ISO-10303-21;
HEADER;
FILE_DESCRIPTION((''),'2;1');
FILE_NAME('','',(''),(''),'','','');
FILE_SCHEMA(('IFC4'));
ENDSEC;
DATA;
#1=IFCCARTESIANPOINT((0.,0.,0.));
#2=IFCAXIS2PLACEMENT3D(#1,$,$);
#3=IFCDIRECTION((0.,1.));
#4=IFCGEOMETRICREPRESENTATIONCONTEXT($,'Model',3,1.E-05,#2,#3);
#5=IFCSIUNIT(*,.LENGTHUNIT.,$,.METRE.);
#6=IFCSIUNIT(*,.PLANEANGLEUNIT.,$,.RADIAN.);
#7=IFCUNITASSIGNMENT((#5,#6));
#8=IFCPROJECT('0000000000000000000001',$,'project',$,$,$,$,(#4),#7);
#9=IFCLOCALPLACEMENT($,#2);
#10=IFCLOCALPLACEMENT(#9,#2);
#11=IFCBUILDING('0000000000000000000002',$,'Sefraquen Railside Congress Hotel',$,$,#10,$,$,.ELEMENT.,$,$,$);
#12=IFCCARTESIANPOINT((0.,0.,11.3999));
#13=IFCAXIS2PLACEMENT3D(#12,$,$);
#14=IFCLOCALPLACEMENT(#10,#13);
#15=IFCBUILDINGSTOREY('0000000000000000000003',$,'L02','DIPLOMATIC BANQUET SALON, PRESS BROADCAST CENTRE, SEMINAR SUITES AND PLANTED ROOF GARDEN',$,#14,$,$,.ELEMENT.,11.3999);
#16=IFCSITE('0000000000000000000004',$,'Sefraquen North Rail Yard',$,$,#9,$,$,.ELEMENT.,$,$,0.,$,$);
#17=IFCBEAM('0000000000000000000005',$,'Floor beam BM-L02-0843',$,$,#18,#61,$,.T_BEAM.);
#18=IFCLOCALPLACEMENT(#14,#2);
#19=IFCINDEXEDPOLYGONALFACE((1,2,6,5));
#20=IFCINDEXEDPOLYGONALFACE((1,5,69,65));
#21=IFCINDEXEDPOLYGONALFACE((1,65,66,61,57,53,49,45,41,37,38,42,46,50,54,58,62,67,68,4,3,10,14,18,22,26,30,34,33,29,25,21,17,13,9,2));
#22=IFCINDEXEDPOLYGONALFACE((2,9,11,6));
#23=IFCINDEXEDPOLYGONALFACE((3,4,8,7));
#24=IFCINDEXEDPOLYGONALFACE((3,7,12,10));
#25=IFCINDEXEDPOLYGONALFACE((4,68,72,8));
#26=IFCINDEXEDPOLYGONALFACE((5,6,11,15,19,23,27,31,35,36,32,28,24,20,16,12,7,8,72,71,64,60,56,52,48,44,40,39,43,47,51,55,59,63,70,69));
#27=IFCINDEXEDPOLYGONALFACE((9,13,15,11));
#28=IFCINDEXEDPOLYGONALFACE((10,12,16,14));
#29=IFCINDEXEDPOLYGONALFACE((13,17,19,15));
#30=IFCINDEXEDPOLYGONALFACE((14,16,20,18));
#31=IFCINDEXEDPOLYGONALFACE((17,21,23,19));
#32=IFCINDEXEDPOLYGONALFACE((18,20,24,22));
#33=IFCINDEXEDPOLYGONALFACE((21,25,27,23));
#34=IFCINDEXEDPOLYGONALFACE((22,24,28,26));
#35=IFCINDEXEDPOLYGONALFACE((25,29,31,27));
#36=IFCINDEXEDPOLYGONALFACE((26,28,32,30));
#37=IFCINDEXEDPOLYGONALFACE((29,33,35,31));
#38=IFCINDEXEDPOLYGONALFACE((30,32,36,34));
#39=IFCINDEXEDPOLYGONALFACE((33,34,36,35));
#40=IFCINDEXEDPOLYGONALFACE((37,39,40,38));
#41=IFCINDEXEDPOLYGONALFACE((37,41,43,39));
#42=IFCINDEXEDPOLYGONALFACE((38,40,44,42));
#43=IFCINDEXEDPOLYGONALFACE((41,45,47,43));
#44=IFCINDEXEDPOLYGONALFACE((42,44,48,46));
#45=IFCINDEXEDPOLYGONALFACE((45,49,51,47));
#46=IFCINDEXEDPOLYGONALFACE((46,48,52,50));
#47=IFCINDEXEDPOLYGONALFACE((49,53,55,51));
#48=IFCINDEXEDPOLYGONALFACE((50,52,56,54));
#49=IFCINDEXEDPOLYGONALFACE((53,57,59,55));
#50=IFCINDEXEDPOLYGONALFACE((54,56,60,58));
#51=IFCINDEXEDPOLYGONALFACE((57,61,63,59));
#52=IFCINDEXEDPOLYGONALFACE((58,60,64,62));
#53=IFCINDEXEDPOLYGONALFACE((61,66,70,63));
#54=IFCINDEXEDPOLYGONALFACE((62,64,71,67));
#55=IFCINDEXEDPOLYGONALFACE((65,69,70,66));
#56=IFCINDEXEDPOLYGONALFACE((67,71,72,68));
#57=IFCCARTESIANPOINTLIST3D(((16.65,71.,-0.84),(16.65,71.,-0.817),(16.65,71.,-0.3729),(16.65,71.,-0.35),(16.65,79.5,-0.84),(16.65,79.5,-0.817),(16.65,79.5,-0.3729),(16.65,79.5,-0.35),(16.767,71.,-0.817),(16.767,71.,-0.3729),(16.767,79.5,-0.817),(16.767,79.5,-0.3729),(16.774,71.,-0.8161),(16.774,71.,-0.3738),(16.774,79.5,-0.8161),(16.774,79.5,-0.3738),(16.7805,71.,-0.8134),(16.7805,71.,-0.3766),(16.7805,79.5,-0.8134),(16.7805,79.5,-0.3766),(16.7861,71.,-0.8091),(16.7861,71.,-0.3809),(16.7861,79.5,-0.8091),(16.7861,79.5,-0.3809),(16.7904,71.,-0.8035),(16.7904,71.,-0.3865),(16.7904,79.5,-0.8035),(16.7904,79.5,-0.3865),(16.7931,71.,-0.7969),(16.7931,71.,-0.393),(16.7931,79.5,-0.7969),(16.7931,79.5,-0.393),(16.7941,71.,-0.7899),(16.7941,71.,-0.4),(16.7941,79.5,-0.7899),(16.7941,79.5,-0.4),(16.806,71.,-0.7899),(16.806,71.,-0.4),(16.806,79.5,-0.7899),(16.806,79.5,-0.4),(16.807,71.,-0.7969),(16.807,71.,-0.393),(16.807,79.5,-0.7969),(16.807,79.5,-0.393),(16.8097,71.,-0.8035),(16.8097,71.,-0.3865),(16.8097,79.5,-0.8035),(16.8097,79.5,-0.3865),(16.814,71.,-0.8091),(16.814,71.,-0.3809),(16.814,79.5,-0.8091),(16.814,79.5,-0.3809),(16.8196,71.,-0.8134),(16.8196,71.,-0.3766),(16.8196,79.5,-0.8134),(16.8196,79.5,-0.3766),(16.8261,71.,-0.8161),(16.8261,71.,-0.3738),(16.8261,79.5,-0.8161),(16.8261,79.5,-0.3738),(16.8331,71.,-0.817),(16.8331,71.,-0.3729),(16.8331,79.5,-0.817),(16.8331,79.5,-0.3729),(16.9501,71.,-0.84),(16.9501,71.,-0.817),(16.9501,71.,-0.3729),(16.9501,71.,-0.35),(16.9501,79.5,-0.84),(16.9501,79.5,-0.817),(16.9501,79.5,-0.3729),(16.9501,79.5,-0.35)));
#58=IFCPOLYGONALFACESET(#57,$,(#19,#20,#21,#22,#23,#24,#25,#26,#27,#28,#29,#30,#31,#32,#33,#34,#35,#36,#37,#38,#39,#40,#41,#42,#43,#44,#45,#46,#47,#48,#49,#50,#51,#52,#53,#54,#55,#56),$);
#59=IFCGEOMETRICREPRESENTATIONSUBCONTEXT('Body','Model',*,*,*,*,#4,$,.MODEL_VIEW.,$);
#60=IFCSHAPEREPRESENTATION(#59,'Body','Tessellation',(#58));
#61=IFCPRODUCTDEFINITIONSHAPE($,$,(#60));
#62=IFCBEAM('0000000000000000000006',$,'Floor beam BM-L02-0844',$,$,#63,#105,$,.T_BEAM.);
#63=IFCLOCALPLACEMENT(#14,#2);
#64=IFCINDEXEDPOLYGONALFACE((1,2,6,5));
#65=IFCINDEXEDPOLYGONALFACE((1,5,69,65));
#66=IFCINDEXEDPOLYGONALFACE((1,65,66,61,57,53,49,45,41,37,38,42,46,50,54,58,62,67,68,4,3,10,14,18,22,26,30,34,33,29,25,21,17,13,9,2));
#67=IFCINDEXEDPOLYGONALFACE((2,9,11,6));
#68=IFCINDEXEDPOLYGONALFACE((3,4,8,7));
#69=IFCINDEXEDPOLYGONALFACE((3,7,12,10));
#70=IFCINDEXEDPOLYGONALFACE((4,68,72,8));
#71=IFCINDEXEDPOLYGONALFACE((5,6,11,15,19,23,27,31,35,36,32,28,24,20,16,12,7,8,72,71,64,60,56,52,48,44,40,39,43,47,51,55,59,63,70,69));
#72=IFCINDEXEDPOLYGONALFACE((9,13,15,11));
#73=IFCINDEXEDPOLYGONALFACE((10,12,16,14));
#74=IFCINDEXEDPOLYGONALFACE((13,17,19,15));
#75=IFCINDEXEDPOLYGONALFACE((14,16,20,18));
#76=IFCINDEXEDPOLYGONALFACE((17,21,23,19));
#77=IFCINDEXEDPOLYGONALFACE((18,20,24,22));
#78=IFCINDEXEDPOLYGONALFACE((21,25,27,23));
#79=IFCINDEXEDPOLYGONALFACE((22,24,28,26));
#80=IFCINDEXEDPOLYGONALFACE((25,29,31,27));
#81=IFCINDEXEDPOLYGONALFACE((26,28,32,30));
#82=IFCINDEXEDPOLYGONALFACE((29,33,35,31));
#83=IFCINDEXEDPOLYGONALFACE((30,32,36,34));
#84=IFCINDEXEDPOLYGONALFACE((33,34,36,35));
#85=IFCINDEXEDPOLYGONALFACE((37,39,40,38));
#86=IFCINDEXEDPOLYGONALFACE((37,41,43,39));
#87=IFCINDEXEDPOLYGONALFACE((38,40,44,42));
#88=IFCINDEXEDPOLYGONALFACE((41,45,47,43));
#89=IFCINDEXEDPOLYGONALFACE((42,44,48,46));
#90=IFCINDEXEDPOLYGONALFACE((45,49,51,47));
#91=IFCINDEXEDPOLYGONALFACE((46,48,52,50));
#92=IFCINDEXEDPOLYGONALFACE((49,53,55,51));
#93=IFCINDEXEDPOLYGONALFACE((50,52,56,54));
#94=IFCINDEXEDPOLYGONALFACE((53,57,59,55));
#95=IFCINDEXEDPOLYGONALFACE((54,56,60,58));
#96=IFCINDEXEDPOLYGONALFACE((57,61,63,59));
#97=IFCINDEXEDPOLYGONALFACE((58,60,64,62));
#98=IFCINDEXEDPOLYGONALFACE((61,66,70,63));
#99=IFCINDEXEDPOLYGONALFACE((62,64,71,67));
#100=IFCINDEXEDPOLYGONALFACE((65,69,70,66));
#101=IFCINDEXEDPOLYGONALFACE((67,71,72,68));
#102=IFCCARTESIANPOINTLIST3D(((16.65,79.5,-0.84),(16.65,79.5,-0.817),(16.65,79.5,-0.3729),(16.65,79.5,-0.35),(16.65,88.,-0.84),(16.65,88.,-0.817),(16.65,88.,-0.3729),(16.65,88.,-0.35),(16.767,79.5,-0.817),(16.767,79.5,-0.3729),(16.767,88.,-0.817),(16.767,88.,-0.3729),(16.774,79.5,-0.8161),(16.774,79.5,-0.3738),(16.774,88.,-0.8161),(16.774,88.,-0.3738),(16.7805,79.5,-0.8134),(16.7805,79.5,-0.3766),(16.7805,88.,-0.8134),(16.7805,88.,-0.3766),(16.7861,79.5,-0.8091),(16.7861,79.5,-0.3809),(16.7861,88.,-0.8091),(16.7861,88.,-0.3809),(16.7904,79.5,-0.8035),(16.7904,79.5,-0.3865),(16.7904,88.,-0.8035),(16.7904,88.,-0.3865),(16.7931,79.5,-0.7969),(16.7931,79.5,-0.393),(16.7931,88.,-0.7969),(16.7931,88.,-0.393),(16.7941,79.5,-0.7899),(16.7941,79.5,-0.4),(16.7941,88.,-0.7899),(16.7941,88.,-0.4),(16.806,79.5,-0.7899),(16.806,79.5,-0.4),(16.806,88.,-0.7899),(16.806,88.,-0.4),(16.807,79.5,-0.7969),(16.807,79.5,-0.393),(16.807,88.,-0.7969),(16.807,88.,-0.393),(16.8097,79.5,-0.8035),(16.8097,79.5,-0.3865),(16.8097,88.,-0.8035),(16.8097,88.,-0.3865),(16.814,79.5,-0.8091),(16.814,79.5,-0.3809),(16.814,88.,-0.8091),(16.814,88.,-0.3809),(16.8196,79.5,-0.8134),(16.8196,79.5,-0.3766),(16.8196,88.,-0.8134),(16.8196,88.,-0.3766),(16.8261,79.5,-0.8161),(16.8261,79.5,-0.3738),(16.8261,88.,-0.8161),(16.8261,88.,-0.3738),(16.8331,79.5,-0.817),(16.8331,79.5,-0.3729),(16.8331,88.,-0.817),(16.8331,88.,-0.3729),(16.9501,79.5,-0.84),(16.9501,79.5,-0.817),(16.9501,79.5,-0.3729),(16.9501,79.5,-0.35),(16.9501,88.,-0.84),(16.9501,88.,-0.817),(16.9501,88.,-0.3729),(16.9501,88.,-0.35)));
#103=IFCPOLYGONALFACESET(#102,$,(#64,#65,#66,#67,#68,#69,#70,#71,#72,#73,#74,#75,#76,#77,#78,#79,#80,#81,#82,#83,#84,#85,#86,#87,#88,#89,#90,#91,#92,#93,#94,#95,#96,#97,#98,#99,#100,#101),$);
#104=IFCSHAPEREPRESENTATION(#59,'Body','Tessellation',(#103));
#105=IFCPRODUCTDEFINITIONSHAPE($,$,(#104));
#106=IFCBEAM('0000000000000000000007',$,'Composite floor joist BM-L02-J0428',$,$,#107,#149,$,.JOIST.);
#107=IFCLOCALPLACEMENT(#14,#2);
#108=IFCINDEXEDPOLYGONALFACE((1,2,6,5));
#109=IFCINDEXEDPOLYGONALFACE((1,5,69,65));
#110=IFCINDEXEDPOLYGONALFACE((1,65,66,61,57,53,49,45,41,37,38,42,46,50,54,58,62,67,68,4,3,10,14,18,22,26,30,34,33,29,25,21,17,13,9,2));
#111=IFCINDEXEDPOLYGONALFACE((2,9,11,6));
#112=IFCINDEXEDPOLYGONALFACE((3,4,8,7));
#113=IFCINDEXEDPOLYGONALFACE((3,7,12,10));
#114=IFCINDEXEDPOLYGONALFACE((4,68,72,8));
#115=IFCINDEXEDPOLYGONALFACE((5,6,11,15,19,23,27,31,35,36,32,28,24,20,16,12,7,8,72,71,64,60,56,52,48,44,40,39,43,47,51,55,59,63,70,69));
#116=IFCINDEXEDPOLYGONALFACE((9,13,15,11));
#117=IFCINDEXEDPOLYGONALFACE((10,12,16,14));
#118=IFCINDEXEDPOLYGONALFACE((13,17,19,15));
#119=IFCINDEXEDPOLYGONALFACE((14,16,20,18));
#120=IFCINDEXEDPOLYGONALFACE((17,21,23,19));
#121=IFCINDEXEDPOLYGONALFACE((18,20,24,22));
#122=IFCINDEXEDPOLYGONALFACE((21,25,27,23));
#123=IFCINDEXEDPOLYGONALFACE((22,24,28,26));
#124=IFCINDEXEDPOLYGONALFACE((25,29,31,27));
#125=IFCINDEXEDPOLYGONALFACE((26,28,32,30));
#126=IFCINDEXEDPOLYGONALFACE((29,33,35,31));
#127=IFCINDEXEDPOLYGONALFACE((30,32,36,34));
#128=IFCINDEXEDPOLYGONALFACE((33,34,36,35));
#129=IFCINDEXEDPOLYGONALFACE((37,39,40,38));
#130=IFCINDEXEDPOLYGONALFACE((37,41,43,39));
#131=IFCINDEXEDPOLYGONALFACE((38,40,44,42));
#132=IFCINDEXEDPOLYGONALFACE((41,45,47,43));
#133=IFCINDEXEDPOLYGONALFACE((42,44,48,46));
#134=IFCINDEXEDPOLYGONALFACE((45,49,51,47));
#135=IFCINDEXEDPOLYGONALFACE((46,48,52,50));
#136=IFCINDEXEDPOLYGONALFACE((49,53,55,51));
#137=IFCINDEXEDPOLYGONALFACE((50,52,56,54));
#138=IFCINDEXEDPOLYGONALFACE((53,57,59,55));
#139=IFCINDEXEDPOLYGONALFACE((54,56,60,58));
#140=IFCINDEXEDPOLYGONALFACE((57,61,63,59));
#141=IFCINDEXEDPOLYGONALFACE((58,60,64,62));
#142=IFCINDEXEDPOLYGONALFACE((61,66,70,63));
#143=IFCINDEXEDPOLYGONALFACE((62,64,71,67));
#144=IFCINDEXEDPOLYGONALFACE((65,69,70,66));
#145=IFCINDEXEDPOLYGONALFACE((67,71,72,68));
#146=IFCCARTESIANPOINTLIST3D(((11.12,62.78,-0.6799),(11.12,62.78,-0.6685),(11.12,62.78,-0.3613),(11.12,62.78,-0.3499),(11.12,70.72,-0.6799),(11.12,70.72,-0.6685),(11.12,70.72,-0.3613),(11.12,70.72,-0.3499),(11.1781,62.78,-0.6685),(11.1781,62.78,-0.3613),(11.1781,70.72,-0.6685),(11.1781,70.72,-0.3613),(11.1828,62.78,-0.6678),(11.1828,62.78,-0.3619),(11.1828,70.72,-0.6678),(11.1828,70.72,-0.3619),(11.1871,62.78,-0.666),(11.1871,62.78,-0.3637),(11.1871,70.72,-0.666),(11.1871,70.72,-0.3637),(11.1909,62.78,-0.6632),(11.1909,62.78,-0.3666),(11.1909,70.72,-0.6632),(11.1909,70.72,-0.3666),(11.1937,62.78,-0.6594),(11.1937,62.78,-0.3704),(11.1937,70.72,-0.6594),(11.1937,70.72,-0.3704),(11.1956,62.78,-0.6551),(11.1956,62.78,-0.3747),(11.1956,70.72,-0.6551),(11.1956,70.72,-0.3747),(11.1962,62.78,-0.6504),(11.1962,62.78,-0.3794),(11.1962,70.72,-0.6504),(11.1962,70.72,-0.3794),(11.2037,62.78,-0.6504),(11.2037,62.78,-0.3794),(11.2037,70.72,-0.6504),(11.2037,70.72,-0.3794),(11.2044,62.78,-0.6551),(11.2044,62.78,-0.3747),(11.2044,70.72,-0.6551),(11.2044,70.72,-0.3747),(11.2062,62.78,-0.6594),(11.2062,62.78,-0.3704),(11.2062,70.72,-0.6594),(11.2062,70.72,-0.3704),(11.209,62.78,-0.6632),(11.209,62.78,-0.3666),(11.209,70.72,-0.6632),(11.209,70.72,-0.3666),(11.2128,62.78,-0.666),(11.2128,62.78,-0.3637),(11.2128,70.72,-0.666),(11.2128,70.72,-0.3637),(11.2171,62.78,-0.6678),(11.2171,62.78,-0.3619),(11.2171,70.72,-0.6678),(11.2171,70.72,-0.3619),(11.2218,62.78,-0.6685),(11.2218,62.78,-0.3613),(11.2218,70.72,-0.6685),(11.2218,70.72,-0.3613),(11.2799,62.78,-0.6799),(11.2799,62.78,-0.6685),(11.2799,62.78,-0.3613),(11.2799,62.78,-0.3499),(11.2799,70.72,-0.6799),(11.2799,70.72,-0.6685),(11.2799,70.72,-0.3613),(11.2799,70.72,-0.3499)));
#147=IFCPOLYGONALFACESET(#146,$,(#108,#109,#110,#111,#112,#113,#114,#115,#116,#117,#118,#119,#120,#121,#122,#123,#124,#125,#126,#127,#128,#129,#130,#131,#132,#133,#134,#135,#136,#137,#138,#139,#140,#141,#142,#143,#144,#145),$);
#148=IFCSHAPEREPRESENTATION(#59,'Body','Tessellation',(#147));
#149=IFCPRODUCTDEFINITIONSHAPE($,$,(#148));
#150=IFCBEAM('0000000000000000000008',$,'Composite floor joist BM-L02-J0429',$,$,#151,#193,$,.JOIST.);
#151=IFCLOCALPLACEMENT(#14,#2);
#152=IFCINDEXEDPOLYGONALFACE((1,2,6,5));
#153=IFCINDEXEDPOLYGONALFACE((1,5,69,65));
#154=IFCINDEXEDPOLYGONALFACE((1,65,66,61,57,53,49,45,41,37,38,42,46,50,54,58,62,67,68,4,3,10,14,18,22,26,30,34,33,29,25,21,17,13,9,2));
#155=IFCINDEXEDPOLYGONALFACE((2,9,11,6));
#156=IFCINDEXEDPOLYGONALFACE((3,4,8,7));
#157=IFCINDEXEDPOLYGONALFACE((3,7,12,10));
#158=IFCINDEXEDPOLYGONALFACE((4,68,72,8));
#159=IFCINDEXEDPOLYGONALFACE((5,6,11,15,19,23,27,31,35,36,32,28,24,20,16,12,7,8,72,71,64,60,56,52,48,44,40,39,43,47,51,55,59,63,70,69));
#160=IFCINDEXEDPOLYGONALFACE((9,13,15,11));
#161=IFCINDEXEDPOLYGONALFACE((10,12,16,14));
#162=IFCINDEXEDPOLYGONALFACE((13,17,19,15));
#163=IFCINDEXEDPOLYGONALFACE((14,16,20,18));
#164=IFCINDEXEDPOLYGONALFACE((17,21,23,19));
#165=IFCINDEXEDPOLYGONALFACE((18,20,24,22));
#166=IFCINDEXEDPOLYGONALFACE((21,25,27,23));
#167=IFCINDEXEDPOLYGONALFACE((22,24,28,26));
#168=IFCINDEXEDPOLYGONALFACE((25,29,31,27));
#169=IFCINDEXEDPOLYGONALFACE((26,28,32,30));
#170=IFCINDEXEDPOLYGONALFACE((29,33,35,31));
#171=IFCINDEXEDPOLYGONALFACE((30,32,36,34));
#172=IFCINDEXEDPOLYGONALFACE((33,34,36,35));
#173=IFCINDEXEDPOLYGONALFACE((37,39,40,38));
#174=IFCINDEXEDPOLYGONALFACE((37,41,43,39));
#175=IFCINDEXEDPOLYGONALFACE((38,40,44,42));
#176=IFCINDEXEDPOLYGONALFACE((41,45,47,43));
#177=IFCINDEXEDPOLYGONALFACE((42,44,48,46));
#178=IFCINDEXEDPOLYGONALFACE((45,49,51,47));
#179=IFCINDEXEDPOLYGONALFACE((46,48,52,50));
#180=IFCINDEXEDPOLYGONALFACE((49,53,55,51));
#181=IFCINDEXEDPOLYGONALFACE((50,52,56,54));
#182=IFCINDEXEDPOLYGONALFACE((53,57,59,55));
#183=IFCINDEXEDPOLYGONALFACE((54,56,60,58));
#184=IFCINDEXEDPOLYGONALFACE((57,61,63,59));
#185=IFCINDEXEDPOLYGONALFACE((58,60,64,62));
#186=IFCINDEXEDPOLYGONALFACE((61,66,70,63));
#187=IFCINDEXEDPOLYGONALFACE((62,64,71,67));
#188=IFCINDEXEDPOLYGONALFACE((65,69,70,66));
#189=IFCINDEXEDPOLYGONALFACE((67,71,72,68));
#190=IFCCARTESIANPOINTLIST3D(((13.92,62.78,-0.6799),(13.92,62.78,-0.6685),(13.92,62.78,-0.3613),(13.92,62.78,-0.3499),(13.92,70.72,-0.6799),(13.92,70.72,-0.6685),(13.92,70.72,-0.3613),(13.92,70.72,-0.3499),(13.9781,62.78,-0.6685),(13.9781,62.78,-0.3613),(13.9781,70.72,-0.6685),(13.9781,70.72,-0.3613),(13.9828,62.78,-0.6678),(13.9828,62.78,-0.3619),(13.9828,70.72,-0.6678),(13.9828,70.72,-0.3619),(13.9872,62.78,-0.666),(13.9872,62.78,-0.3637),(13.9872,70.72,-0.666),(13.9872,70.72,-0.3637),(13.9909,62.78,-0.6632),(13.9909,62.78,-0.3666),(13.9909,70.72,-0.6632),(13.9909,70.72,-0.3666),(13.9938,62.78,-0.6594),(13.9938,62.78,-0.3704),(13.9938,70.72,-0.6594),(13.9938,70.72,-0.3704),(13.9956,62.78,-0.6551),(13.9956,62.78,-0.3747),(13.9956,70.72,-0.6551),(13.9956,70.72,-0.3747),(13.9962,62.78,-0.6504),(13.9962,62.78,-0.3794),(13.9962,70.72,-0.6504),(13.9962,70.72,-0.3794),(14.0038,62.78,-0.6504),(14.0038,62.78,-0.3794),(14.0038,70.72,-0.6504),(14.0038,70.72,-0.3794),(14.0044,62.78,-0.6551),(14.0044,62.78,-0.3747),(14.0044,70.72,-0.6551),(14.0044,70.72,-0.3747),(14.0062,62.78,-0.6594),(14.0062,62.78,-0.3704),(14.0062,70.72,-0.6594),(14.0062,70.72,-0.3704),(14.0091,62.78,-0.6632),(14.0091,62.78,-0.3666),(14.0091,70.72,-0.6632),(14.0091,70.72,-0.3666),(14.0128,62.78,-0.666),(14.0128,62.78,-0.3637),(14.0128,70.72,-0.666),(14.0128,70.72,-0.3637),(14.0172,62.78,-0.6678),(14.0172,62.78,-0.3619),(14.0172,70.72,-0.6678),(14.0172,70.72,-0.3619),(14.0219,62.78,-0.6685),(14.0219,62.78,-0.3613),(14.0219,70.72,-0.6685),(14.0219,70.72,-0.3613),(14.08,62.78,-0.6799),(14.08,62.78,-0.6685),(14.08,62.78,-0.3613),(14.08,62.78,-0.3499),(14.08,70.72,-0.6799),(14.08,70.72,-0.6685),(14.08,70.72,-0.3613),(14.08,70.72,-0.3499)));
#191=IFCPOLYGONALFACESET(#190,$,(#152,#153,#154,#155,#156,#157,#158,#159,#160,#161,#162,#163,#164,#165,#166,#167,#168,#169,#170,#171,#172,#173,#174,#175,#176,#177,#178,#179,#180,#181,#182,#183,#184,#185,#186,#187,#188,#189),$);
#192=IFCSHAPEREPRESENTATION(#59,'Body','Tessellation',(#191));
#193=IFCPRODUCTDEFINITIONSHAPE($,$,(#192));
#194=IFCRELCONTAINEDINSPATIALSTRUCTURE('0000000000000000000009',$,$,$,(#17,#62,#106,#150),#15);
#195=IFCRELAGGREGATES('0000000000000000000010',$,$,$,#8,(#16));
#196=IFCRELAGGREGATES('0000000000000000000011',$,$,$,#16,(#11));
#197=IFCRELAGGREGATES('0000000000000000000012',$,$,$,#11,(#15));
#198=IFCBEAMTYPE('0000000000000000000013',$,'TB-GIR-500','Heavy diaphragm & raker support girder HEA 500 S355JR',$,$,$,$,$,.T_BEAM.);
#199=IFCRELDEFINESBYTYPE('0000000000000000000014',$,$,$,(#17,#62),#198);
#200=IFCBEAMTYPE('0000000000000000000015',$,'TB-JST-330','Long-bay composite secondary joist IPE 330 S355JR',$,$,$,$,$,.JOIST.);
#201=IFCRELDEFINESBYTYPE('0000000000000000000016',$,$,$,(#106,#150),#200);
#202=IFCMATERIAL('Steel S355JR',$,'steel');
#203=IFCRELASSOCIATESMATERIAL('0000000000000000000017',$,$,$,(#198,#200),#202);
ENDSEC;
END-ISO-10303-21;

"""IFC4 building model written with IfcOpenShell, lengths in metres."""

from ifc_helpers import new_model, si_unit, direction, frame, origin, origin_2d, place, context, subcontext, project, spatial, i_section, extrude, material, material_profile, profile_set, type_object, element, save


model = new_model("IFC4")

# Units and contexts
model_context = context("Model", 3, precision=1e-05, world=origin(), true_north=direction((0.0, 1.0)))
body_context = subcontext(model_context, "Body", "Model", "MODEL_VIEW")
ifc_project = project(units=[si_unit("LENGTHUNIT", "METRE"), si_unit("PLANEANGLEUNIT", "RADIAN")], contexts=[model_context])

# Site, building, storey
site_placement = place(None, origin())
site = spatial("IfcSite", under=ifc_project, at=site_placement, Name="Sefraquen North Rail Yard", CompositionType="ELEMENT", RefElevation=0.0)
building_placement = place(site_placement, origin())
building = spatial("IfcBuilding", under=site, at=building_placement, Name="Sefraquen Railside Congress Hotel", CompositionType="ELEMENT")
storey_placement = place(building_placement, frame((0.0, 0.0, 11.3999)))
storey = spatial("IfcBuildingStorey", under=building, at=storey_placement, Name="L02", Description="DIPLOMATIC BANQUET SALON, PRESS BROADCAST CENTRE, SEMINAR SUITES AND PLANTED ROOF GARDEN", CompositionType="ELEMENT", Elevation=11.3999)

# Shared definitions
ifc_material_1 = material(Name="Steel S355JR", Category="steel")

# Beams
ifc_material_profile_1 = material_profile(ifc_material_1, i_section(OverallWidth=0.3, OverallDepth=0.49, WebThickness=0.012, FlangeThickness=0.0229, FilletRadius=0.0271, at=origin_2d()), Name="HEA 500")
ifc_profile_set_1 = profile_set([ifc_material_profile_1], Name="Steel S355JR")
beam_type_1 = type_object("IfcBeamType", Name="TB-GIR-500", Description="Heavy diaphragm & raker support girder HEA 500 S355JR", PredefinedType="T_BEAM", material=ifc_profile_set_1)
for number, where, z_axis, x_axis, name in (
    (1, (16.8, 71.0, -0.595), (0.0, 1.0, 0.0), (-1.0, 0.0, 0.0), "Floor beam BM-L02-0843"),
    (2, (16.8, 79.5, -0.595), (0.0, 1.0, 0.0), (-1.0, 0.0, 0.0), "Floor beam BM-L02-0844"),
):
    element("IfcBeam", number, at=place(storey_placement, frame(where, z_axis=z_axis, x_axis=x_axis)), inside=storey, type_object=beam_type_1, Name=name, PredefinedType="T_BEAM", context=body_context, shape_type="SweptSolid", body=[
        extrude(i_section(OverallWidth=0.3, OverallDepth=0.49, WebThickness=0.012, FlangeThickness=0.0229, FilletRadius=0.0271, at=origin_2d()), origin(), (0.0, 0.0, 1.0), 8.5),
    ])
ifc_material_profile_2 = material_profile(ifc_material_1, i_section(OverallWidth=0.1599, OverallDepth=0.3301, WebThickness=0.0076, FlangeThickness=0.0115, FilletRadius=0.0181, at=origin_2d()), Name="IPE 330")
ifc_profile_set_2 = profile_set([ifc_material_profile_2], Name="Steel S355JR")
beam_type_2 = type_object("IfcBeamType", Name="TB-JST-330", Description="Long-bay composite secondary joist IPE 330 S355JR", PredefinedType="JOIST", material=ifc_profile_set_2)
for number, where, z_axis, x_axis, name in (
    (3, (11.2, 62.78, -0.5149), (0.0, 1.0, 0.0), (-1.0, 0.0, 0.0), "Composite floor joist BM-L02-J0428"),
    (4, (14.0, 62.78, -0.5149), (0.0, 1.0, 0.0), (-1.0, 0.0, 0.0), "Composite floor joist BM-L02-J0429"),
):
    element("IfcBeam", number, at=place(storey_placement, frame(where, z_axis=z_axis, x_axis=x_axis)), inside=storey, type_object=beam_type_2, Name=name, PredefinedType="JOIST", context=body_context, shape_type="SweptSolid", body=[
        extrude(i_section(OverallWidth=0.1599, OverallDepth=0.3301, WebThickness=0.0076, FlangeThickness=0.0115, FilletRadius=0.0181, at=origin_2d()), origin(), (0.0, 0.0, 1.0), 7.9399),
    ])

save(model, "model.ifc")
